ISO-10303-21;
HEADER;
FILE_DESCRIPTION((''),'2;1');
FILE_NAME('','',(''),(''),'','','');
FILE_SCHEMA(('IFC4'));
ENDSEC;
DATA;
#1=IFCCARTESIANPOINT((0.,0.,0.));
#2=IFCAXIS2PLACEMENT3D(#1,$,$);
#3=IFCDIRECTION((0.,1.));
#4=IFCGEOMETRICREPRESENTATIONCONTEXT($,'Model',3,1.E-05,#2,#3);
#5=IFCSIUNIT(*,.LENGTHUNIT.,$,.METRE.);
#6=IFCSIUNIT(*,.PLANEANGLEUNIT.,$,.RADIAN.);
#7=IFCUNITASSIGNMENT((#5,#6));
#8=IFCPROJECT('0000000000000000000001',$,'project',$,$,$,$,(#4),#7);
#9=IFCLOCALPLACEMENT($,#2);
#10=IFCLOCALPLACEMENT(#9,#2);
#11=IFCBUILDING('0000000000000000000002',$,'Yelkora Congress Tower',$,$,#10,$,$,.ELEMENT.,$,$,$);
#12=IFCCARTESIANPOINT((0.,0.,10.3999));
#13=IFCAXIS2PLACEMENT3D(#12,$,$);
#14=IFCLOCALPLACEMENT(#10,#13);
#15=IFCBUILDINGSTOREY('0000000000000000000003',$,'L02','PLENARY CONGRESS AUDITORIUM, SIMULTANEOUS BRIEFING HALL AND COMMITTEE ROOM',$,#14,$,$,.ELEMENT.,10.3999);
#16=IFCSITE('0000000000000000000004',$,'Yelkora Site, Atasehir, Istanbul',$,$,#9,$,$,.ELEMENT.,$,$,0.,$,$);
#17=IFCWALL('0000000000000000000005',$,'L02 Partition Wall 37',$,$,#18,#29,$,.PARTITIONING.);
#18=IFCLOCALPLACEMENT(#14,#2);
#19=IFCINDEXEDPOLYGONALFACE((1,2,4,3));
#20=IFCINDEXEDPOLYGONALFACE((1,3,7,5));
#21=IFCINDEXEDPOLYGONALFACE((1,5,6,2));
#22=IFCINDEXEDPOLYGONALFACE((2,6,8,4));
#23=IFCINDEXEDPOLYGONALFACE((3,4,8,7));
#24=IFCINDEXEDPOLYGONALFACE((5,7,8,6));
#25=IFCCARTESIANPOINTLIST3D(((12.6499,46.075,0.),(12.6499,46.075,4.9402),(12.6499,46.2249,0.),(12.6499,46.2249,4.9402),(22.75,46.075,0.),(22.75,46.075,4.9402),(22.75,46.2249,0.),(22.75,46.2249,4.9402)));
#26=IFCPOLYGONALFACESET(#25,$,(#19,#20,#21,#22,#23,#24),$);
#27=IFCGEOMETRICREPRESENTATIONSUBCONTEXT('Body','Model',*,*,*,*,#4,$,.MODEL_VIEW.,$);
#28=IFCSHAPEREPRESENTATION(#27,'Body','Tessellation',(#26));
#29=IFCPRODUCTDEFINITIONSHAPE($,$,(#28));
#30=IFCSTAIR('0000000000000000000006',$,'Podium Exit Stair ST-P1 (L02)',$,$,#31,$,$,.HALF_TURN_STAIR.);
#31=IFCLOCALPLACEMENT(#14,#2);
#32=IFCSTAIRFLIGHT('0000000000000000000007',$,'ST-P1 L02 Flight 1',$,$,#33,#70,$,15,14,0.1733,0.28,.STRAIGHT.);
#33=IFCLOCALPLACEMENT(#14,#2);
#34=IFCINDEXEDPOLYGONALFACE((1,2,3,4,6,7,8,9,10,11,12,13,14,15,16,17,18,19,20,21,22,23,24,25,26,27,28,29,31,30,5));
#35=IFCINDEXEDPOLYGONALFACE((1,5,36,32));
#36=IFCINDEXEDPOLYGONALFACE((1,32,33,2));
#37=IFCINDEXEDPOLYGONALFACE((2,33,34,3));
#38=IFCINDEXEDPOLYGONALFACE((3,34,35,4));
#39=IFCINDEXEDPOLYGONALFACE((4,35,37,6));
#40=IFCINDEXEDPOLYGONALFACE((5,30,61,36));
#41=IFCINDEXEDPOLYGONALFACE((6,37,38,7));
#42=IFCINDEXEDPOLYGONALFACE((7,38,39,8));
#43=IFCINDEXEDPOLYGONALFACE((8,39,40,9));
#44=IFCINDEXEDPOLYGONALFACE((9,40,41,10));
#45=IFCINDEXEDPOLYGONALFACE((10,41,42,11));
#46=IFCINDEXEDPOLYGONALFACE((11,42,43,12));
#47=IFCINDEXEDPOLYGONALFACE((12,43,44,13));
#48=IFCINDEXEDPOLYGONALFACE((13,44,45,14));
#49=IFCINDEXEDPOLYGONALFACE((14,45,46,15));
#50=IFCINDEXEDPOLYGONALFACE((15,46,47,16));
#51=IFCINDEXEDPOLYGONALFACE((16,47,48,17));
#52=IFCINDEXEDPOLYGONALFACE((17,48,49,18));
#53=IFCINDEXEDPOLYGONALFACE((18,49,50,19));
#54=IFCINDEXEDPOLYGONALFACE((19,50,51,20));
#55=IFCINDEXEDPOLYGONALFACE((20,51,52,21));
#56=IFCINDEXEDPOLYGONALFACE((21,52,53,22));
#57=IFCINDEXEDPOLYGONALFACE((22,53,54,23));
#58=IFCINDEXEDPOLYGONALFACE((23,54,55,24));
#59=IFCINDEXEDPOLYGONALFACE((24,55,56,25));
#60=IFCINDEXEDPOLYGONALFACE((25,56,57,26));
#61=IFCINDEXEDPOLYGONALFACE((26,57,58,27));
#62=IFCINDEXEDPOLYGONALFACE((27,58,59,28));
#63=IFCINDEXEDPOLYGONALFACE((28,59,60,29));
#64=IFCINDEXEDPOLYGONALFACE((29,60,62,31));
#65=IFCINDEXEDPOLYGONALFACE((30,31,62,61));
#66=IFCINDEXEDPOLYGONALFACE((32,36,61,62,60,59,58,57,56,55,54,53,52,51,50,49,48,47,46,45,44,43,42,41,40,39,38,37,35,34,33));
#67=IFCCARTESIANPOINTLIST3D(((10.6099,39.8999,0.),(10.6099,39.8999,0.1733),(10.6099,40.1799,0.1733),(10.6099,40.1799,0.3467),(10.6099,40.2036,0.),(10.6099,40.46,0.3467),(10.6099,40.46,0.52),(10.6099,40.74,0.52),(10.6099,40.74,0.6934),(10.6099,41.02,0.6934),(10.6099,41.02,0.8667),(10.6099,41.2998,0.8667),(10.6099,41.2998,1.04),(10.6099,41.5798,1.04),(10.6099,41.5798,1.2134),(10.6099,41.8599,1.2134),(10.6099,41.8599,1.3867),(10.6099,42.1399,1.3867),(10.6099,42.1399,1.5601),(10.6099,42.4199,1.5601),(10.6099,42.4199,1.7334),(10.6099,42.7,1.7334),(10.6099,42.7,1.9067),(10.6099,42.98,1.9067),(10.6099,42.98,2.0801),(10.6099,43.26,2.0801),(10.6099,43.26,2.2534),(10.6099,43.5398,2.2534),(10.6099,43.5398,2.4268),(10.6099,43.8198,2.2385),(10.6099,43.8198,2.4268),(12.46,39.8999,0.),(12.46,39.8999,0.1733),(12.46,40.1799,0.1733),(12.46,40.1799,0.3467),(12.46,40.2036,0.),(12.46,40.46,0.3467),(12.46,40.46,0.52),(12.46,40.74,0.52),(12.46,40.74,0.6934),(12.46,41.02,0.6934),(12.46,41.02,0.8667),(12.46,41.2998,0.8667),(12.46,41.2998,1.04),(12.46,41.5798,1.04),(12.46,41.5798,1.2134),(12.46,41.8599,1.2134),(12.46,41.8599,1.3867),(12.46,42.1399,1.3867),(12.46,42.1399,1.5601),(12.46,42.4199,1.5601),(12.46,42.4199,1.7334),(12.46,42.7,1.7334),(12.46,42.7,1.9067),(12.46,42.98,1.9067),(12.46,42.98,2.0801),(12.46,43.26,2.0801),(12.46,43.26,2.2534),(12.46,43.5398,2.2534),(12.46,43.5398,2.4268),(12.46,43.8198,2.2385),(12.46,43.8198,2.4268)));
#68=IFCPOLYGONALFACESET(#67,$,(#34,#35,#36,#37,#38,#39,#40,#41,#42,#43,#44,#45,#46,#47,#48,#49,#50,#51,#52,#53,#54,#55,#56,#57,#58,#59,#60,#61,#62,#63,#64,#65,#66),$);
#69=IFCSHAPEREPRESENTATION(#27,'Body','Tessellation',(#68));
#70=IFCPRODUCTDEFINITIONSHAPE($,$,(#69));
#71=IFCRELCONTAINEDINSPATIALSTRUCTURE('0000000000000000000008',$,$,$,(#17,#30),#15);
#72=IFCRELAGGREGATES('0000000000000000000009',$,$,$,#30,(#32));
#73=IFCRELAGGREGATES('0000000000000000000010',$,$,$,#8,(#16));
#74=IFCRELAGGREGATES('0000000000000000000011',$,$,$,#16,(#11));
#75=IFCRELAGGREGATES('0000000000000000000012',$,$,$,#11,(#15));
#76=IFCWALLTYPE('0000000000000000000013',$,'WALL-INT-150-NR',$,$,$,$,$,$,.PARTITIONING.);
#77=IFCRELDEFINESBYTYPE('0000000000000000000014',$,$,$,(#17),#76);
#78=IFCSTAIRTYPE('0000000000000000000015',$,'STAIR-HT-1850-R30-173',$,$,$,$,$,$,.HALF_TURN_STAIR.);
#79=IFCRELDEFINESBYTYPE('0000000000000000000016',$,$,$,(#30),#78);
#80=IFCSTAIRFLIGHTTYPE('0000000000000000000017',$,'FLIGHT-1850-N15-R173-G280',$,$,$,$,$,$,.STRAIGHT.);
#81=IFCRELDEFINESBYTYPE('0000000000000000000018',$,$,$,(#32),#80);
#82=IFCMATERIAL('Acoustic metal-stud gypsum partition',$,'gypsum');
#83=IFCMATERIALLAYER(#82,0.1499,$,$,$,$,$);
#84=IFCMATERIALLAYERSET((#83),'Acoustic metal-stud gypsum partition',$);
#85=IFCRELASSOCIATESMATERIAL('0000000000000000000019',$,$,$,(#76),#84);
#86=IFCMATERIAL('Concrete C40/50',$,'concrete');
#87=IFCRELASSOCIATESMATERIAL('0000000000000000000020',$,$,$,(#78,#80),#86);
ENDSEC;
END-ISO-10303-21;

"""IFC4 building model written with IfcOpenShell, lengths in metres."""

from ifc_helpers import new_model, si_unit, direction, frame, frame_2d, origin, place, context, subcontext, project, spatial, polyline, rectangle, outline, extrude, material, layer, layer_set, type_object, element, aggregate, save


model = new_model("IFC4")

# Units and contexts
model_context = context("Model", 3, precision=1e-05, world=origin(), true_north=direction((0.0, 1.0)))
body_context = subcontext(model_context, "Body", "Model", "MODEL_VIEW")
ifc_project = project(units=[si_unit("LENGTHUNIT", "METRE"), si_unit("PLANEANGLEUNIT", "RADIAN")], contexts=[model_context])

# Site, building, storey
site_placement = place(None, origin())
site = spatial("IfcSite", under=ifc_project, at=site_placement, Name="Yelkora Site, Atasehir, Istanbul", CompositionType="ELEMENT", RefElevation=0.0)
building_placement = place(site_placement, origin())
building = spatial("IfcBuilding", under=site, at=building_placement, Name="Yelkora Congress Tower", CompositionType="ELEMENT")
storey_placement = place(building_placement, frame((0.0, 0.0, 10.3999)))
storey = spatial("IfcBuildingStorey", under=building, at=storey_placement, Name="L02", Description="PLENARY CONGRESS AUDITORIUM, SIMULTANEOUS BRIEFING HALL AND COMMITTEE ROOM", CompositionType="ELEMENT", Elevation=10.3999)

# Shared definitions
ifc_material_1 = material(Name="Acoustic metal-stud gypsum partition", Category="gypsum")
ifc_layer_1 = layer(ifc_material_1, 0.1499)
ifc_layer_set_1 = layer_set([ifc_layer_1], Name="Acoustic metal-stud gypsum partition")
wall_type_1 = type_object("IfcWallType", Name="WALL-INT-150-NR", PredefinedType="PARTITIONING", material=ifc_layer_set_1)

# Wall
wall_1_placement = place(storey_placement, frame((12.6499, 46.1499, 0.0), z_axis=(0.0, 0.0, 1.0), x_axis=(1.0, 0.0, 0.0)))
element("IfcWall", 1, at=wall_1_placement, inside=storey, type_object=wall_type_1, Name="L02 Partition Wall 37", PredefinedType="PARTITIONING", context=body_context, shape_type="SweptSolid", body=[
    extrude(rectangle(XDim=10.1001, YDim=0.1499, at=frame_2d((5.05, 0.0))), origin(), (0.0, 0.0, 1.0), 4.9402),
])

# Stair, stair flight
ifc_material_2 = material(Name="Concrete C40/50", Category="concrete")
stair_type = type_object("IfcStairType", Name="STAIR-HT-1850-R30-173", PredefinedType="HALF_TURN_STAIR", material=ifc_material_2)
stair_placement = place(storey_placement, origin())
stair = element("IfcStair", 2, at=stair_placement, inside=storey, type_object=stair_type, Name="Podium Exit Stair ST-P1 (L02)", PredefinedType="HALF_TURN_STAIR")
stair_flight_type = type_object("IfcStairFlightType", Name="FLIGHT-1850-N15-R173-G280", PredefinedType="STRAIGHT", material=ifc_material_2)
stair_flight_placement = place(storey_placement, frame((11.5349, 39.8999, 0.0), z_axis=(0.0, 0.0, 1.0), x_axis=(0.0, 1.0, 0.0)))
stair_flight = element("IfcStairFlight", 3, at=stair_flight_placement, type_object=stair_flight_type, Name="ST-P1 L02 Flight 1", NumberOfRisers=15, NumberOfTreads=14, PredefinedType="STRAIGHT", RiserHeight=0.1733, TreadLength=0.28, context=body_context, shape_type="SweptSolid", body=[
    extrude(outline(polyline([(0.0, 0.0), (0.0, 0.1733), (0.28, 0.1733), (0.28, 0.3467), (0.5601, 0.3467), (0.5601, 0.52), (0.8401, 0.52), (0.8401, 0.6934), (1.1201, 0.6934), (1.1201, 0.8667), (1.3999, 0.8667), (1.3999, 1.04), (1.6799, 1.04), (1.6799, 1.2134), (1.96, 1.2134), (1.96, 1.3867), (2.24, 1.3867), (2.24, 1.5601), (2.52, 1.5601), (2.52, 1.7334), (2.8, 1.7334), (2.8, 1.9067), (3.0801, 1.9067), (3.0801, 2.0801), (3.3601, 2.0801), (3.3601, 2.2534), (3.6399, 2.2534), (3.6399, 2.4268), (3.9199, 2.4268), (3.9199, 2.6001), (3.9199, 2.2385), (0.3037, 0.0), (0.0, 0.0)])), frame((0.0, 0.925, 0.0), z_axis=(0.0, -1.0, 0.0), x_axis=(1.0, 0.0, 0.0)), (0.0, 0.0, 1.0), 1.8501),
])
aggregate(stair, [stair_flight])

save(model, "model.ifc")
